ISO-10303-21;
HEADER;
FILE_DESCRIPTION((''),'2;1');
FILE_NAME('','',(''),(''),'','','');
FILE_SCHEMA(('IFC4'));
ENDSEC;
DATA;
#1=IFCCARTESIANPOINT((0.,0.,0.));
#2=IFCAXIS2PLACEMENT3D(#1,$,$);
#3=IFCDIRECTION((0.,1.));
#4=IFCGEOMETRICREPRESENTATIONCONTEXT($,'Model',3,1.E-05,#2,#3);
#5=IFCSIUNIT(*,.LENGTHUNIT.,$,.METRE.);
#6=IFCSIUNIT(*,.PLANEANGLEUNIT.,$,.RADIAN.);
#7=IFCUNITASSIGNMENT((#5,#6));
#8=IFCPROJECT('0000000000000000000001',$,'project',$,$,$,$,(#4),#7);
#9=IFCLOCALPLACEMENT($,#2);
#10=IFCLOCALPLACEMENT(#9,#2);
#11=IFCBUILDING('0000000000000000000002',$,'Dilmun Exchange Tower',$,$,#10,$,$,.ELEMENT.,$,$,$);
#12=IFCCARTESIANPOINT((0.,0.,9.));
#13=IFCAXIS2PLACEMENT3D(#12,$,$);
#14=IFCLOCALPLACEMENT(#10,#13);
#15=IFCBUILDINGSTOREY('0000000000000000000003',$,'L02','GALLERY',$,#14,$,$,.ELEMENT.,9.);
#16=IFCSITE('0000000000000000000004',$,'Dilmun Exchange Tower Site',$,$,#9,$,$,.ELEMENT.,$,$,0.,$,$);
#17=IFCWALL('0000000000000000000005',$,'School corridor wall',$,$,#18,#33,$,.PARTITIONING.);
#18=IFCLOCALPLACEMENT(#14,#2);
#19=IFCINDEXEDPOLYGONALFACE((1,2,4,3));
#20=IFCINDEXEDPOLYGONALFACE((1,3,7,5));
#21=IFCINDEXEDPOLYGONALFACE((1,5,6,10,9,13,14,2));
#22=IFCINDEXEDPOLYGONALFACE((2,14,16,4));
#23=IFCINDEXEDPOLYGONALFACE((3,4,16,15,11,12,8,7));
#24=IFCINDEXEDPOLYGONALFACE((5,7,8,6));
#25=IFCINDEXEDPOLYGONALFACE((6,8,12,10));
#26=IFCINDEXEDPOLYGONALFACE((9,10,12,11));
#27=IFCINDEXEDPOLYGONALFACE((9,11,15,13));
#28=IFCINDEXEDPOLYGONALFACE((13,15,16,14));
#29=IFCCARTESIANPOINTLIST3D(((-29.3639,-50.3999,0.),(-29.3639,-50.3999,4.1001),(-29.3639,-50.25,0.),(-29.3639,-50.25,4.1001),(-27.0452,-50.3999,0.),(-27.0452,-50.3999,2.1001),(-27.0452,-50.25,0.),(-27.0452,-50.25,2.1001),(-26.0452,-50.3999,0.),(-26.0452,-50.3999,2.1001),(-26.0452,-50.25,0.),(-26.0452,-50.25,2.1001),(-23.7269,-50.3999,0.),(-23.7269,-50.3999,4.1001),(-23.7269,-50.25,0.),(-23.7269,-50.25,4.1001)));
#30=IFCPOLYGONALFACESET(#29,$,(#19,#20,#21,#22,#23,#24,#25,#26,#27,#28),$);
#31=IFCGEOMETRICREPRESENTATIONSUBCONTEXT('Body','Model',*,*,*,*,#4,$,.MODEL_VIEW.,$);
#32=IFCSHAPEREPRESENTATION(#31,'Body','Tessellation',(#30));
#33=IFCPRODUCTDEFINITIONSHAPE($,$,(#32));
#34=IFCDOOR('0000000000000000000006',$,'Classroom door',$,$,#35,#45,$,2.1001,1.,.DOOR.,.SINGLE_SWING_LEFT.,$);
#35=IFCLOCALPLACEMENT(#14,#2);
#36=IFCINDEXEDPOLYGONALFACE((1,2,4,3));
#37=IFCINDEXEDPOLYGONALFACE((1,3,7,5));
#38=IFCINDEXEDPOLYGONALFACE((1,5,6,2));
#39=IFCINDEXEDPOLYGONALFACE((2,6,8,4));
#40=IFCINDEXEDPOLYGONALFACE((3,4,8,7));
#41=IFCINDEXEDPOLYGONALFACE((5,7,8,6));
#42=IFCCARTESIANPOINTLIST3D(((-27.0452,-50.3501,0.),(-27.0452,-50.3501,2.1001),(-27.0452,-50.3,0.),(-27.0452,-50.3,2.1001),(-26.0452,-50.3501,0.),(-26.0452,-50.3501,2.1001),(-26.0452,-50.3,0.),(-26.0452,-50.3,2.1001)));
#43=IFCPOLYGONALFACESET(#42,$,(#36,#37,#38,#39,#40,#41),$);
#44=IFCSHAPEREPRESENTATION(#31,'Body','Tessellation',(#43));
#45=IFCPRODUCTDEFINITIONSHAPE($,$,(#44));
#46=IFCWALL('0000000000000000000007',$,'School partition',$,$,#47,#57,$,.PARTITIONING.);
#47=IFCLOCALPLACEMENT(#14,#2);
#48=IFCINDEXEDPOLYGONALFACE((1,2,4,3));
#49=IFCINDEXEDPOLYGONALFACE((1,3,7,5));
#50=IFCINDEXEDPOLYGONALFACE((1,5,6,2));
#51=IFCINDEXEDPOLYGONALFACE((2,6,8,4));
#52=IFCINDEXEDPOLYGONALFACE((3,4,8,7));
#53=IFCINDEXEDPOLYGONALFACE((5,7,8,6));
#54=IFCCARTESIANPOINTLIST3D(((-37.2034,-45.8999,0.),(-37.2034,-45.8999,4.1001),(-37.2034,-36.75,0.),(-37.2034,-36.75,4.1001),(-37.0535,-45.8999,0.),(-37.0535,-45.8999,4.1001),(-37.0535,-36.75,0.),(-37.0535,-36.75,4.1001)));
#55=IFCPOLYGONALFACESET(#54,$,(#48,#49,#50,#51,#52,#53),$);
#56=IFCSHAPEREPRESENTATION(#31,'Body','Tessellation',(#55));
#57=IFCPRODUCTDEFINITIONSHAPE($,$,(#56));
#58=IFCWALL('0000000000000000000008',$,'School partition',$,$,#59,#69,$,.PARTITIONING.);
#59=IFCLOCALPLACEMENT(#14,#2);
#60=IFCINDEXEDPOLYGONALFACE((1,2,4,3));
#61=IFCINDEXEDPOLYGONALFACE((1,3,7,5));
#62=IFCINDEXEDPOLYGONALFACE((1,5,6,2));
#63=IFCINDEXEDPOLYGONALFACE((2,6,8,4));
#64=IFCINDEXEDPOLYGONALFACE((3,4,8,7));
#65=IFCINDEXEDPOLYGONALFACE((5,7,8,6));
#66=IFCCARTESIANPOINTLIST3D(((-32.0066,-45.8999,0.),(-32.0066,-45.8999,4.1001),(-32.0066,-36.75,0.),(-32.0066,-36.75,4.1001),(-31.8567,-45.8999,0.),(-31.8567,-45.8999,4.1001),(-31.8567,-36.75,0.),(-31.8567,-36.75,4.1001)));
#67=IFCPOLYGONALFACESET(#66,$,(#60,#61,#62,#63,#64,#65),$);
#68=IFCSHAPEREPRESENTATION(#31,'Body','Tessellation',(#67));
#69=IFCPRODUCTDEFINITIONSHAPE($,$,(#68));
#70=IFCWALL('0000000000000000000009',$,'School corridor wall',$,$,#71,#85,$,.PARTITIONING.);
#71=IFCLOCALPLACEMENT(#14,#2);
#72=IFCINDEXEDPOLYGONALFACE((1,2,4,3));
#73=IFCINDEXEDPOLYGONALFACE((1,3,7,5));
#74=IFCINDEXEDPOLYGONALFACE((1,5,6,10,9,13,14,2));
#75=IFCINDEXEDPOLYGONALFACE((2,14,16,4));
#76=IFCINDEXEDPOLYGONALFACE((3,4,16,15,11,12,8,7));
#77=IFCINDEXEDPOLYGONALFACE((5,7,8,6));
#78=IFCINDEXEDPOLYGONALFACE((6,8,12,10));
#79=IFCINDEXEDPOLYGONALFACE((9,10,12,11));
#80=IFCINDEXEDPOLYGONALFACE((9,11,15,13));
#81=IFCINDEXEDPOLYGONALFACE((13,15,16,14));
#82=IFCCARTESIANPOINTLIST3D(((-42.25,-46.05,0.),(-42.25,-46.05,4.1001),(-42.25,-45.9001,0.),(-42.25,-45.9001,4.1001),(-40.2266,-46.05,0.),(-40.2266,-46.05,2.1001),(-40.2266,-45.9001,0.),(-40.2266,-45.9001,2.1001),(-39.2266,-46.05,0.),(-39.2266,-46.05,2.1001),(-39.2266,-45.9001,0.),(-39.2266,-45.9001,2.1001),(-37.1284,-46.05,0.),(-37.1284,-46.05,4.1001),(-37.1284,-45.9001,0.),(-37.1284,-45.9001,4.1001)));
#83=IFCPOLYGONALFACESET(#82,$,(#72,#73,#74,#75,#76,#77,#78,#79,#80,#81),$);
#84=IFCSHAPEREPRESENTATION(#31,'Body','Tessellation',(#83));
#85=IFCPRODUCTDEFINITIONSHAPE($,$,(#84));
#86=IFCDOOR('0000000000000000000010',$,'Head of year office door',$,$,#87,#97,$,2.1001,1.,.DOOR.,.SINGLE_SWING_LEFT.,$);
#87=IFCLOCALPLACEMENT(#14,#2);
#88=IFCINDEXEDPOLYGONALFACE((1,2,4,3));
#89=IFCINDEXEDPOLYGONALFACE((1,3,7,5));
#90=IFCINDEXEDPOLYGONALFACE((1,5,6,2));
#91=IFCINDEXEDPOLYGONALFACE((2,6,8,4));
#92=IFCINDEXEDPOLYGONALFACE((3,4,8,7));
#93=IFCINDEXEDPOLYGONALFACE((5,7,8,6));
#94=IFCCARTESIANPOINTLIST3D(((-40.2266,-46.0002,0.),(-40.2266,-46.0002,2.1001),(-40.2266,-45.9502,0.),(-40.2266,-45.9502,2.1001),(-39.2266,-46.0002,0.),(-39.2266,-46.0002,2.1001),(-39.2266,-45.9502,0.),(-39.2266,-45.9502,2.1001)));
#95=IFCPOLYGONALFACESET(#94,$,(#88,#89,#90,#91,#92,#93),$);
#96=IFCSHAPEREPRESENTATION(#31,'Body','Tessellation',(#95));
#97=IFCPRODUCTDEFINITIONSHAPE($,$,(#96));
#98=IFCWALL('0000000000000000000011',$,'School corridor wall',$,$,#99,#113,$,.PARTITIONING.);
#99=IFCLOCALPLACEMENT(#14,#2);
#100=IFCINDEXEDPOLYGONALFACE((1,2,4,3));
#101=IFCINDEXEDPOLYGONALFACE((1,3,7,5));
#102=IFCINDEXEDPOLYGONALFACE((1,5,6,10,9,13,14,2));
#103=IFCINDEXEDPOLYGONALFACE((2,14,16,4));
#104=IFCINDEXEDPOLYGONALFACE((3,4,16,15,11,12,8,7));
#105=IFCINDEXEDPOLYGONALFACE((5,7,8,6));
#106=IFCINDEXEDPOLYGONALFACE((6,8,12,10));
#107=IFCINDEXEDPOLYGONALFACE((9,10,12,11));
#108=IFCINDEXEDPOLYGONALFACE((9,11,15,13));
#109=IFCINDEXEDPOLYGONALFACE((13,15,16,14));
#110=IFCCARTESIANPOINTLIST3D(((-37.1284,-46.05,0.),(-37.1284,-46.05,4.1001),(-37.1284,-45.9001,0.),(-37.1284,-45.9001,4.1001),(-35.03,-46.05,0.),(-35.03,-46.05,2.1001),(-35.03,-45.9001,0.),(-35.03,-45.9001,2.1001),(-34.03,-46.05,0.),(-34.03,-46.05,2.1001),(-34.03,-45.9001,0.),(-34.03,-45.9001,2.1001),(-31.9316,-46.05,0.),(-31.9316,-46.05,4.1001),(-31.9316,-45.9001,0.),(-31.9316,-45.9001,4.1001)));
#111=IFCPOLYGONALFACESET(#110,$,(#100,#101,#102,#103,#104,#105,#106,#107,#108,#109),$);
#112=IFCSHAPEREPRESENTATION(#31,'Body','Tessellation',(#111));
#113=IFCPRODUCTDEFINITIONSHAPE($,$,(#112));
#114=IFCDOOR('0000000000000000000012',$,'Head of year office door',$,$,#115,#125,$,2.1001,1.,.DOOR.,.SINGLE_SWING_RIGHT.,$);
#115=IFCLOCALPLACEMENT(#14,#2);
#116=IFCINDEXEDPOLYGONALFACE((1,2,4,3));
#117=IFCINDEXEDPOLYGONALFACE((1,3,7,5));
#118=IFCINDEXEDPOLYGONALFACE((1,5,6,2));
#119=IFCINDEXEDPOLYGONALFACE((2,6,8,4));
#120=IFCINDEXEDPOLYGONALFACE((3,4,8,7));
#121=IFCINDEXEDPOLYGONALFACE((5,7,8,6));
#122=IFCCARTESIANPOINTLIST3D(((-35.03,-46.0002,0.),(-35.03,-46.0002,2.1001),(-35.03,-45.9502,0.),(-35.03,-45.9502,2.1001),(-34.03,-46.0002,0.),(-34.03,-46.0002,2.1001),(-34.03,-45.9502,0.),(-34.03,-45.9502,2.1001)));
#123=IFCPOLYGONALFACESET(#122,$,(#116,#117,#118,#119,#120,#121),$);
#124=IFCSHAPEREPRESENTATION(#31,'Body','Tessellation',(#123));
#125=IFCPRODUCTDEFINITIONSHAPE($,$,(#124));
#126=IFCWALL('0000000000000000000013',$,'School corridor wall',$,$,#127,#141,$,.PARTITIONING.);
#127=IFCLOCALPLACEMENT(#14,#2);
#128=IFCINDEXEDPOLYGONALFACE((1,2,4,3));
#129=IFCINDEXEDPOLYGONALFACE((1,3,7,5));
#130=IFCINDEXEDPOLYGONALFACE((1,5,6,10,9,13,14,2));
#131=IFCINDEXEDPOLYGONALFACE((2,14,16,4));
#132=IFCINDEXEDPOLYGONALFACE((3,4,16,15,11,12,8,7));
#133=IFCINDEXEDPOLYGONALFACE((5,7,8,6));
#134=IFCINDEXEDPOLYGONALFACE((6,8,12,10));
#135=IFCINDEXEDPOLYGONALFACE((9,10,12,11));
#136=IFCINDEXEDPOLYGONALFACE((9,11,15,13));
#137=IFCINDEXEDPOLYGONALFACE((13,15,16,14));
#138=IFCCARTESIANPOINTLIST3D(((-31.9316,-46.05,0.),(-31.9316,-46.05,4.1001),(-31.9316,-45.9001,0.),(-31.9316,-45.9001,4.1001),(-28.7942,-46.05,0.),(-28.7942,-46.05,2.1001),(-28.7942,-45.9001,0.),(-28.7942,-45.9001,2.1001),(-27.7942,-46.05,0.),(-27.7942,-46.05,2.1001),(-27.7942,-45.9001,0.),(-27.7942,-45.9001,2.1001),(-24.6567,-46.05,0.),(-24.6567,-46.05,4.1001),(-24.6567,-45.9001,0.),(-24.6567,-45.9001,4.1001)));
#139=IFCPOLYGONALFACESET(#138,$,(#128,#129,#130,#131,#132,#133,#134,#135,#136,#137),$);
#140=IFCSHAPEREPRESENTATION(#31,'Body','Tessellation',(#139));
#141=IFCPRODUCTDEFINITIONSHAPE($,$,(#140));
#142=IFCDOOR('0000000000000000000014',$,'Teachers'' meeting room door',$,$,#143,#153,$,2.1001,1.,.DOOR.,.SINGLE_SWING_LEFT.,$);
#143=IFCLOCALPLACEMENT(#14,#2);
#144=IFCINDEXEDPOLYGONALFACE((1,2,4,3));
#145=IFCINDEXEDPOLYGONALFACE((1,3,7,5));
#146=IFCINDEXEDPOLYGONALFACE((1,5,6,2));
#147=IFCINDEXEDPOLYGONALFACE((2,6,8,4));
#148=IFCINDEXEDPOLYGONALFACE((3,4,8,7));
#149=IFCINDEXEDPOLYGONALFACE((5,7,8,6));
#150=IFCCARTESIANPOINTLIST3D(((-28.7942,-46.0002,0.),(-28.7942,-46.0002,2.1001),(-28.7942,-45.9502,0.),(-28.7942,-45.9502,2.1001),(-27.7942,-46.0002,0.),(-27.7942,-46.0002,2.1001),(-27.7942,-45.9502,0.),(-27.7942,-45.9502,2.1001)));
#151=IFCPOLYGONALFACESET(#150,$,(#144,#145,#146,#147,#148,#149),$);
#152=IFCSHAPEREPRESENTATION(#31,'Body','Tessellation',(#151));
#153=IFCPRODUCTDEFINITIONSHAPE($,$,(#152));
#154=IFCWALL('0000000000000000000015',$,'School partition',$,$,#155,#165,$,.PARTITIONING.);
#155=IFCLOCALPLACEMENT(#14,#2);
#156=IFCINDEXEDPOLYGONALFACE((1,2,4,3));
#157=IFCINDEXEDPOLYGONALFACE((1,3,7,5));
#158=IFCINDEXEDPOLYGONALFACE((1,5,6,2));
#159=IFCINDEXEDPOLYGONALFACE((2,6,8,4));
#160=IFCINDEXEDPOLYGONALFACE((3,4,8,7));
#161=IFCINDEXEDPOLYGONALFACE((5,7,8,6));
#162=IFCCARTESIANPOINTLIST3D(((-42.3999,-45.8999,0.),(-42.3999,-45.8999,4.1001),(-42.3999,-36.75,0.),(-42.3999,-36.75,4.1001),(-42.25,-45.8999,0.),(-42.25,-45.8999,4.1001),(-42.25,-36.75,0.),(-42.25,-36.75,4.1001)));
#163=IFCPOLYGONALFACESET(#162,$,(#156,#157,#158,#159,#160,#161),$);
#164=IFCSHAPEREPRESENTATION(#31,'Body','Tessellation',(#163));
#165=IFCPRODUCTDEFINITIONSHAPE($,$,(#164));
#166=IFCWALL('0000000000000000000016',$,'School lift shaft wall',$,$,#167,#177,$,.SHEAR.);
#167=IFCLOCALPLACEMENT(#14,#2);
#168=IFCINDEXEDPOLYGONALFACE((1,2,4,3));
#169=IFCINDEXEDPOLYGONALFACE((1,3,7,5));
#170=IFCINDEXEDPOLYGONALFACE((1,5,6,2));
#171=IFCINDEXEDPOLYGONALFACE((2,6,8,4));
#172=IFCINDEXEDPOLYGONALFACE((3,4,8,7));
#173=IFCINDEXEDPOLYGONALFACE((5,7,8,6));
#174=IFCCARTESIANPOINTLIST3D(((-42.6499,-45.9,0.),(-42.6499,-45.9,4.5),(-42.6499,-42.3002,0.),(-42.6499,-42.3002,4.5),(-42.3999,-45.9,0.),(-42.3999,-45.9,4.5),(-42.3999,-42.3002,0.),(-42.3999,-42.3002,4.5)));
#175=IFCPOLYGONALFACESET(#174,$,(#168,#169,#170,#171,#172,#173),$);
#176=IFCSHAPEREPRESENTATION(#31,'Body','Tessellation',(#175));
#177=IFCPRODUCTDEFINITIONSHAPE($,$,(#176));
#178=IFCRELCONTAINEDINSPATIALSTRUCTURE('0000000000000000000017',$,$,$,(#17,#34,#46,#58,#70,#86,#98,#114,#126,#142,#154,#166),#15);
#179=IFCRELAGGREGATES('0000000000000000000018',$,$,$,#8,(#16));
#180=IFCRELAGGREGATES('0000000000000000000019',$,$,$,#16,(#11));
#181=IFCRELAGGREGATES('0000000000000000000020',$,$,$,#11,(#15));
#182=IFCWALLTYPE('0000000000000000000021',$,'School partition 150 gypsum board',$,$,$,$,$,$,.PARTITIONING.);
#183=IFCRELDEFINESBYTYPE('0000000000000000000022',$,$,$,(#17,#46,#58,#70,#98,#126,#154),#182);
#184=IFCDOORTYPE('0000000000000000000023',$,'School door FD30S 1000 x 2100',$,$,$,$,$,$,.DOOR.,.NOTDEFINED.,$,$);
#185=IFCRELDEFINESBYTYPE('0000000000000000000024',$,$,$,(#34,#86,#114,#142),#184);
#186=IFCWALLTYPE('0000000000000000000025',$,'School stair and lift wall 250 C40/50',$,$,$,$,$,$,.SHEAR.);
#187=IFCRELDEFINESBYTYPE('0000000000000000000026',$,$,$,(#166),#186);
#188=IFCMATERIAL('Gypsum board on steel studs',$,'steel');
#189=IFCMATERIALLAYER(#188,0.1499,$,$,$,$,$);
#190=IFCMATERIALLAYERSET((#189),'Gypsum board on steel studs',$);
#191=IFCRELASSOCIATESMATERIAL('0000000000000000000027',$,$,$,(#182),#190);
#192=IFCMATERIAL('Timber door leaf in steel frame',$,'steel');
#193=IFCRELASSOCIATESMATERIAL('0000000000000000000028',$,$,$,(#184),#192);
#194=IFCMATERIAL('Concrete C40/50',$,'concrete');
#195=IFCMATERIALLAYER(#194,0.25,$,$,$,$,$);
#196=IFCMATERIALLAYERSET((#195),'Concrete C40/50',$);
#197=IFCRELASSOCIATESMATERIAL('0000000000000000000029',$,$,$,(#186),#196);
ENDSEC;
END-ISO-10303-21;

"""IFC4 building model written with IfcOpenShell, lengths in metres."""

from ifc_helpers import new_model, si_unit, direction, frame, frame_2d, origin, place, context, subcontext, project, spatial, rectangle, extrude, material, layer, layer_set, type_object, element, fill, save


model = new_model("IFC4")

# Units and contexts
model_context = context("Model", 3, precision=1e-05, world=origin(), true_north=direction((0.0, 1.0)))
body_context = subcontext(model_context, "Body", "Model", "MODEL_VIEW")
ifc_project = project(units=[si_unit("LENGTHUNIT", "METRE"), si_unit("PLANEANGLEUNIT", "RADIAN")], contexts=[model_context])

# Site, building, storey
site_placement = place(None, origin())
site = spatial("IfcSite", under=ifc_project, at=site_placement, Name="Dilmun Exchange Tower Site", CompositionType="ELEMENT", RefElevation=0.0)
building_placement = place(site_placement, origin())
building = spatial("IfcBuilding", under=site, at=building_placement, Name="Dilmun Exchange Tower", CompositionType="ELEMENT")
storey_placement = place(building_placement, frame((0.0, 0.0, 9.0)))
storey = spatial("IfcBuildingStorey", under=building, at=storey_placement, Name="L02", Description="GALLERY", CompositionType="ELEMENT", Elevation=9.0)

# Shared definitions
ifc_material_1 = material(Name="Concrete C40/50", Category="concrete")

# Shared definitions
ifc_material_2 = material(Name="Gypsum board on steel studs", Category="steel")
ifc_layer_1 = layer(ifc_material_2, 0.1499)
ifc_layer_set_1 = layer_set([ifc_layer_1], Name="Gypsum board on steel studs")
wall_type_1 = type_object("IfcWallType", Name="School partition 150 gypsum board", PredefinedType="PARTITIONING", material=ifc_layer_set_1)

# Wall, opening, door
wall_1_placement = place(storey_placement, frame((-29.3638, -50.325, 0.0), z_axis=(0.0, 0.0, 1.0), x_axis=(1.0, 0.0, 0.0)))
wall_1 = element("IfcWall", 1, at=wall_1_placement, inside=storey, type_object=wall_type_1, Name="School corridor wall", PredefinedType="PARTITIONING", context=body_context, shape_type="SweptSolid", body=[
    extrude(rectangle(XDim=5.637, YDim=0.1499, at=frame_2d((2.8184, 0.0))), origin(), (0.0, 0.0, 1.0), 4.1001),
])
opening_1_placement = place(wall_1_placement, frame((2.3186, 0.0, 0.0)))
opening_1 = element("IfcOpeningElement", 2, at=opening_1_placement, cuts=wall_1, PredefinedType="OPENING", context=body_context, shape_type="SweptSolid", body=[
    extrude(rectangle(XDim=1.0, YDim=2.1001, at=frame_2d((0.5, 1.05))), frame((0.0, 0.085, 0.0), z_axis=(0.0, -1.0, 0.0), x_axis=(1.0, 0.0, 0.0)), (0.0, 0.0, 1.0), 0.1699),
])
ifc_material_3 = material(Name="Timber door leaf in steel frame", Category="steel")
door_type = type_object("IfcDoorType", Name="School door FD30S 1000 x 2100", OperationType="NOTDEFINED", PredefinedType="DOOR", material=ifc_material_3)
door_1_placement = place(opening_1_placement, origin())
door_1 = element("IfcDoor", 3, at=door_1_placement, inside=storey, type_object=door_type, Name="Classroom door", OperationType="SINGLE_SWING_LEFT", OverallHeight=2.1001, OverallWidth=1.0, PredefinedType="DOOR", context=body_context, shape_type="SweptSolid", body=[
    extrude(rectangle(XDim=1.0, YDim=2.1001, at=frame_2d((0.5, 1.05))), frame((0.0, 0.0249, 0.0), z_axis=(0.0, -1.0, 0.0), x_axis=(1.0, 0.0, 0.0)), (0.0, 0.0, 1.0), 0.05),
])
fill(opening_1, door_1)

# Walls
for number, where, z_axis, x_axis, name in (
    (4, (-37.1284, -45.8999, 0.0), (0.0, 0.0, 1.0), (0.0, 1.0, 0.0), "School partition"),
    (5, (-31.9316, -45.8999, 0.0), (0.0, 0.0, 1.0), (0.0, 1.0, 0.0), "School partition"),
):
    element("IfcWall", number, at=place(storey_placement, frame(where, z_axis=z_axis, x_axis=x_axis)), inside=storey, type_object=wall_type_1, Name=name, PredefinedType="PARTITIONING", context=body_context, shape_type="SweptSolid", body=[
        extrude(rectangle(XDim=9.1499, YDim=0.1499, at=frame_2d((4.575, 0.0))), origin(), (0.0, 0.0, 1.0), 4.1001),
    ])

# Walls, openings, doors
wall_2_placement = place(storey_placement, frame((-42.25, -45.9751, 0.0), z_axis=(0.0, 0.0, 1.0), x_axis=(1.0, 0.0, 0.0)))
wall_2 = element("IfcWall", 6, at=wall_2_placement, inside=storey, type_object=wall_type_1, Name="School corridor wall", PredefinedType="PARTITIONING", context=body_context, shape_type="SweptSolid", body=[
    extrude(rectangle(XDim=5.1216, YDim=0.1499, at=frame_2d((2.5608, 0.0))), origin(), (0.0, 0.0, 1.0), 4.1001),
])
opening_2_placement = place(wall_2_placement, frame((2.0234, 0.0, 0.0)))
opening_2 = element("IfcOpeningElement", 7, at=opening_2_placement, cuts=wall_2, PredefinedType="OPENING", context=body_context, shape_type="SweptSolid", body=[
    extrude(rectangle(XDim=1.0, YDim=2.1001, at=frame_2d((0.5, 1.05))), frame((0.0, 0.085, 0.0), z_axis=(0.0, -1.0, 0.0), x_axis=(1.0, 0.0, 0.0)), (0.0, 0.0, 1.0), 0.1699),
])
door_2_placement = place(opening_2_placement, origin())
door_2 = element("IfcDoor", 8, at=door_2_placement, inside=storey, type_object=door_type, Name="Head of year office door", OperationType="SINGLE_SWING_LEFT", OverallHeight=2.1001, OverallWidth=1.0, PredefinedType="DOOR", context=body_context, shape_type="SweptSolid", body=[
    extrude(rectangle(XDim=1.0, YDim=2.1001, at=frame_2d((0.5, 1.05))), frame((0.0, 0.0249, 0.0), z_axis=(0.0, -1.0, 0.0), x_axis=(1.0, 0.0, 0.0)), (0.0, 0.0, 1.0), 0.05),
])
fill(opening_2, door_2)
wall_3_placement = place(storey_placement, frame((-37.1284, -45.9751, 0.0), z_axis=(0.0, 0.0, 1.0), x_axis=(1.0, 0.0, 0.0)))
wall_3 = element("IfcWall", 9, at=wall_3_placement, inside=storey, type_object=wall_type_1, Name="School corridor wall", PredefinedType="PARTITIONING", context=body_context, shape_type="SweptSolid", body=[
    extrude(rectangle(XDim=5.1968, YDim=0.1499, at=frame_2d((2.5984, 0.0))), origin(), (0.0, 0.0, 1.0), 4.1001),
])
opening_3_placement = place(wall_3_placement, frame((2.0984, 0.0, 0.0)))
opening_3 = element("IfcOpeningElement", 10, at=opening_3_placement, cuts=wall_3, PredefinedType="OPENING", context=body_context, shape_type="SweptSolid", body=[
    extrude(rectangle(XDim=1.0, YDim=2.1001, at=frame_2d((0.5, 1.05))), frame((0.0, 0.085, 0.0), z_axis=(0.0, -1.0, 0.0), x_axis=(1.0, 0.0, 0.0)), (0.0, 0.0, 1.0), 0.1699),
])
door_3_placement = place(opening_3_placement, origin())
door_3 = element("IfcDoor", 11, at=door_3_placement, inside=storey, type_object=door_type, Name="Head of year office door", OperationType="SINGLE_SWING_RIGHT", OverallHeight=2.1001, OverallWidth=1.0, PredefinedType="DOOR", context=body_context, shape_type="SweptSolid", body=[
    extrude(rectangle(XDim=1.0, YDim=2.1001, at=frame_2d((0.5, 1.05))), frame((0.0, 0.0249, 0.0), z_axis=(0.0, -1.0, 0.0), x_axis=(1.0, 0.0, 0.0)), (0.0, 0.0, 1.0), 0.05),
])
fill(opening_3, door_3)
wall_4_placement = place(storey_placement, frame((-31.9316, -45.9751, 0.0), z_axis=(0.0, 0.0, 1.0), x_axis=(1.0, 0.0, 0.0)))
wall_4 = element("IfcWall", 12, at=wall_4_placement, inside=storey, type_object=wall_type_1, Name="School corridor wall", PredefinedType="PARTITIONING", context=body_context, shape_type="SweptSolid", body=[
    extrude(rectangle(XDim=7.2749, YDim=0.1499, at=frame_2d((3.6375, 0.0))), origin(), (0.0, 0.0, 1.0), 4.1001),
])
opening_4_placement = place(wall_4_placement, frame((3.1375, 0.0, 0.0)))
opening_4 = element("IfcOpeningElement", 13, at=opening_4_placement, cuts=wall_4, PredefinedType="OPENING", context=body_context, shape_type="SweptSolid", body=[
    extrude(rectangle(XDim=1.0, YDim=2.1001, at=frame_2d((0.5, 1.05))), frame((0.0, 0.085, 0.0), z_axis=(0.0, -1.0, 0.0), x_axis=(1.0, 0.0, 0.0)), (0.0, 0.0, 1.0), 0.1699),
])
door_4_placement = place(opening_4_placement, origin())
door_4 = element("IfcDoor", 14, at=door_4_placement, inside=storey, type_object=door_type, Name="Teachers' meeting room door", OperationType="SINGLE_SWING_LEFT", OverallHeight=2.1001, OverallWidth=1.0, PredefinedType="DOOR", context=body_context, shape_type="SweptSolid", body=[
    extrude(rectangle(XDim=1.0, YDim=2.1001, at=frame_2d((0.5, 1.05))), frame((0.0, 0.0249, 0.0), z_axis=(0.0, -1.0, 0.0), x_axis=(1.0, 0.0, 0.0)), (0.0, 0.0, 1.0), 0.05),
])
fill(opening_4, door_4)

# Walls
wall_5_placement = place(storey_placement, frame((-42.325, -45.8999, 0.0), z_axis=(0.0, 0.0, 1.0), x_axis=(0.0, 1.0, 0.0)))
element("IfcWall", 15, at=wall_5_placement, inside=storey, type_object=wall_type_1, Name="School partition", PredefinedType="PARTITIONING", context=body_context, shape_type="SweptSolid", body=[
    extrude(rectangle(XDim=9.1499, YDim=0.1499, at=frame_2d((4.575, 0.0))), origin(), (0.0, 0.0, 1.0), 4.1001),
])
ifc_layer_2 = layer(ifc_material_1, 0.25)
ifc_layer_set_2 = layer_set([ifc_layer_2], Name="Concrete C40/50")
wall_type_2 = type_object("IfcWallType", Name="School stair and lift wall 250 C40/50", PredefinedType="SHEAR", material=ifc_layer_set_2)
wall_6_placement = place(storey_placement, frame((-42.5249, -45.8999, 0.0), z_axis=(0.0, 0.0, 1.0), x_axis=(0.0, 1.0, 0.0)))
element("IfcWall", 16, at=wall_6_placement, inside=storey, type_object=wall_type_2, Name="School lift shaft wall", PredefinedType="SHEAR", context=body_context, shape_type="SweptSolid", body=[
    extrude(rectangle(XDim=3.5999, YDim=0.25, at=frame_2d((1.7998, 0.0))), origin(), (0.0, 0.0, 1.0), 4.5),
])

save(model, "model.ifc")
